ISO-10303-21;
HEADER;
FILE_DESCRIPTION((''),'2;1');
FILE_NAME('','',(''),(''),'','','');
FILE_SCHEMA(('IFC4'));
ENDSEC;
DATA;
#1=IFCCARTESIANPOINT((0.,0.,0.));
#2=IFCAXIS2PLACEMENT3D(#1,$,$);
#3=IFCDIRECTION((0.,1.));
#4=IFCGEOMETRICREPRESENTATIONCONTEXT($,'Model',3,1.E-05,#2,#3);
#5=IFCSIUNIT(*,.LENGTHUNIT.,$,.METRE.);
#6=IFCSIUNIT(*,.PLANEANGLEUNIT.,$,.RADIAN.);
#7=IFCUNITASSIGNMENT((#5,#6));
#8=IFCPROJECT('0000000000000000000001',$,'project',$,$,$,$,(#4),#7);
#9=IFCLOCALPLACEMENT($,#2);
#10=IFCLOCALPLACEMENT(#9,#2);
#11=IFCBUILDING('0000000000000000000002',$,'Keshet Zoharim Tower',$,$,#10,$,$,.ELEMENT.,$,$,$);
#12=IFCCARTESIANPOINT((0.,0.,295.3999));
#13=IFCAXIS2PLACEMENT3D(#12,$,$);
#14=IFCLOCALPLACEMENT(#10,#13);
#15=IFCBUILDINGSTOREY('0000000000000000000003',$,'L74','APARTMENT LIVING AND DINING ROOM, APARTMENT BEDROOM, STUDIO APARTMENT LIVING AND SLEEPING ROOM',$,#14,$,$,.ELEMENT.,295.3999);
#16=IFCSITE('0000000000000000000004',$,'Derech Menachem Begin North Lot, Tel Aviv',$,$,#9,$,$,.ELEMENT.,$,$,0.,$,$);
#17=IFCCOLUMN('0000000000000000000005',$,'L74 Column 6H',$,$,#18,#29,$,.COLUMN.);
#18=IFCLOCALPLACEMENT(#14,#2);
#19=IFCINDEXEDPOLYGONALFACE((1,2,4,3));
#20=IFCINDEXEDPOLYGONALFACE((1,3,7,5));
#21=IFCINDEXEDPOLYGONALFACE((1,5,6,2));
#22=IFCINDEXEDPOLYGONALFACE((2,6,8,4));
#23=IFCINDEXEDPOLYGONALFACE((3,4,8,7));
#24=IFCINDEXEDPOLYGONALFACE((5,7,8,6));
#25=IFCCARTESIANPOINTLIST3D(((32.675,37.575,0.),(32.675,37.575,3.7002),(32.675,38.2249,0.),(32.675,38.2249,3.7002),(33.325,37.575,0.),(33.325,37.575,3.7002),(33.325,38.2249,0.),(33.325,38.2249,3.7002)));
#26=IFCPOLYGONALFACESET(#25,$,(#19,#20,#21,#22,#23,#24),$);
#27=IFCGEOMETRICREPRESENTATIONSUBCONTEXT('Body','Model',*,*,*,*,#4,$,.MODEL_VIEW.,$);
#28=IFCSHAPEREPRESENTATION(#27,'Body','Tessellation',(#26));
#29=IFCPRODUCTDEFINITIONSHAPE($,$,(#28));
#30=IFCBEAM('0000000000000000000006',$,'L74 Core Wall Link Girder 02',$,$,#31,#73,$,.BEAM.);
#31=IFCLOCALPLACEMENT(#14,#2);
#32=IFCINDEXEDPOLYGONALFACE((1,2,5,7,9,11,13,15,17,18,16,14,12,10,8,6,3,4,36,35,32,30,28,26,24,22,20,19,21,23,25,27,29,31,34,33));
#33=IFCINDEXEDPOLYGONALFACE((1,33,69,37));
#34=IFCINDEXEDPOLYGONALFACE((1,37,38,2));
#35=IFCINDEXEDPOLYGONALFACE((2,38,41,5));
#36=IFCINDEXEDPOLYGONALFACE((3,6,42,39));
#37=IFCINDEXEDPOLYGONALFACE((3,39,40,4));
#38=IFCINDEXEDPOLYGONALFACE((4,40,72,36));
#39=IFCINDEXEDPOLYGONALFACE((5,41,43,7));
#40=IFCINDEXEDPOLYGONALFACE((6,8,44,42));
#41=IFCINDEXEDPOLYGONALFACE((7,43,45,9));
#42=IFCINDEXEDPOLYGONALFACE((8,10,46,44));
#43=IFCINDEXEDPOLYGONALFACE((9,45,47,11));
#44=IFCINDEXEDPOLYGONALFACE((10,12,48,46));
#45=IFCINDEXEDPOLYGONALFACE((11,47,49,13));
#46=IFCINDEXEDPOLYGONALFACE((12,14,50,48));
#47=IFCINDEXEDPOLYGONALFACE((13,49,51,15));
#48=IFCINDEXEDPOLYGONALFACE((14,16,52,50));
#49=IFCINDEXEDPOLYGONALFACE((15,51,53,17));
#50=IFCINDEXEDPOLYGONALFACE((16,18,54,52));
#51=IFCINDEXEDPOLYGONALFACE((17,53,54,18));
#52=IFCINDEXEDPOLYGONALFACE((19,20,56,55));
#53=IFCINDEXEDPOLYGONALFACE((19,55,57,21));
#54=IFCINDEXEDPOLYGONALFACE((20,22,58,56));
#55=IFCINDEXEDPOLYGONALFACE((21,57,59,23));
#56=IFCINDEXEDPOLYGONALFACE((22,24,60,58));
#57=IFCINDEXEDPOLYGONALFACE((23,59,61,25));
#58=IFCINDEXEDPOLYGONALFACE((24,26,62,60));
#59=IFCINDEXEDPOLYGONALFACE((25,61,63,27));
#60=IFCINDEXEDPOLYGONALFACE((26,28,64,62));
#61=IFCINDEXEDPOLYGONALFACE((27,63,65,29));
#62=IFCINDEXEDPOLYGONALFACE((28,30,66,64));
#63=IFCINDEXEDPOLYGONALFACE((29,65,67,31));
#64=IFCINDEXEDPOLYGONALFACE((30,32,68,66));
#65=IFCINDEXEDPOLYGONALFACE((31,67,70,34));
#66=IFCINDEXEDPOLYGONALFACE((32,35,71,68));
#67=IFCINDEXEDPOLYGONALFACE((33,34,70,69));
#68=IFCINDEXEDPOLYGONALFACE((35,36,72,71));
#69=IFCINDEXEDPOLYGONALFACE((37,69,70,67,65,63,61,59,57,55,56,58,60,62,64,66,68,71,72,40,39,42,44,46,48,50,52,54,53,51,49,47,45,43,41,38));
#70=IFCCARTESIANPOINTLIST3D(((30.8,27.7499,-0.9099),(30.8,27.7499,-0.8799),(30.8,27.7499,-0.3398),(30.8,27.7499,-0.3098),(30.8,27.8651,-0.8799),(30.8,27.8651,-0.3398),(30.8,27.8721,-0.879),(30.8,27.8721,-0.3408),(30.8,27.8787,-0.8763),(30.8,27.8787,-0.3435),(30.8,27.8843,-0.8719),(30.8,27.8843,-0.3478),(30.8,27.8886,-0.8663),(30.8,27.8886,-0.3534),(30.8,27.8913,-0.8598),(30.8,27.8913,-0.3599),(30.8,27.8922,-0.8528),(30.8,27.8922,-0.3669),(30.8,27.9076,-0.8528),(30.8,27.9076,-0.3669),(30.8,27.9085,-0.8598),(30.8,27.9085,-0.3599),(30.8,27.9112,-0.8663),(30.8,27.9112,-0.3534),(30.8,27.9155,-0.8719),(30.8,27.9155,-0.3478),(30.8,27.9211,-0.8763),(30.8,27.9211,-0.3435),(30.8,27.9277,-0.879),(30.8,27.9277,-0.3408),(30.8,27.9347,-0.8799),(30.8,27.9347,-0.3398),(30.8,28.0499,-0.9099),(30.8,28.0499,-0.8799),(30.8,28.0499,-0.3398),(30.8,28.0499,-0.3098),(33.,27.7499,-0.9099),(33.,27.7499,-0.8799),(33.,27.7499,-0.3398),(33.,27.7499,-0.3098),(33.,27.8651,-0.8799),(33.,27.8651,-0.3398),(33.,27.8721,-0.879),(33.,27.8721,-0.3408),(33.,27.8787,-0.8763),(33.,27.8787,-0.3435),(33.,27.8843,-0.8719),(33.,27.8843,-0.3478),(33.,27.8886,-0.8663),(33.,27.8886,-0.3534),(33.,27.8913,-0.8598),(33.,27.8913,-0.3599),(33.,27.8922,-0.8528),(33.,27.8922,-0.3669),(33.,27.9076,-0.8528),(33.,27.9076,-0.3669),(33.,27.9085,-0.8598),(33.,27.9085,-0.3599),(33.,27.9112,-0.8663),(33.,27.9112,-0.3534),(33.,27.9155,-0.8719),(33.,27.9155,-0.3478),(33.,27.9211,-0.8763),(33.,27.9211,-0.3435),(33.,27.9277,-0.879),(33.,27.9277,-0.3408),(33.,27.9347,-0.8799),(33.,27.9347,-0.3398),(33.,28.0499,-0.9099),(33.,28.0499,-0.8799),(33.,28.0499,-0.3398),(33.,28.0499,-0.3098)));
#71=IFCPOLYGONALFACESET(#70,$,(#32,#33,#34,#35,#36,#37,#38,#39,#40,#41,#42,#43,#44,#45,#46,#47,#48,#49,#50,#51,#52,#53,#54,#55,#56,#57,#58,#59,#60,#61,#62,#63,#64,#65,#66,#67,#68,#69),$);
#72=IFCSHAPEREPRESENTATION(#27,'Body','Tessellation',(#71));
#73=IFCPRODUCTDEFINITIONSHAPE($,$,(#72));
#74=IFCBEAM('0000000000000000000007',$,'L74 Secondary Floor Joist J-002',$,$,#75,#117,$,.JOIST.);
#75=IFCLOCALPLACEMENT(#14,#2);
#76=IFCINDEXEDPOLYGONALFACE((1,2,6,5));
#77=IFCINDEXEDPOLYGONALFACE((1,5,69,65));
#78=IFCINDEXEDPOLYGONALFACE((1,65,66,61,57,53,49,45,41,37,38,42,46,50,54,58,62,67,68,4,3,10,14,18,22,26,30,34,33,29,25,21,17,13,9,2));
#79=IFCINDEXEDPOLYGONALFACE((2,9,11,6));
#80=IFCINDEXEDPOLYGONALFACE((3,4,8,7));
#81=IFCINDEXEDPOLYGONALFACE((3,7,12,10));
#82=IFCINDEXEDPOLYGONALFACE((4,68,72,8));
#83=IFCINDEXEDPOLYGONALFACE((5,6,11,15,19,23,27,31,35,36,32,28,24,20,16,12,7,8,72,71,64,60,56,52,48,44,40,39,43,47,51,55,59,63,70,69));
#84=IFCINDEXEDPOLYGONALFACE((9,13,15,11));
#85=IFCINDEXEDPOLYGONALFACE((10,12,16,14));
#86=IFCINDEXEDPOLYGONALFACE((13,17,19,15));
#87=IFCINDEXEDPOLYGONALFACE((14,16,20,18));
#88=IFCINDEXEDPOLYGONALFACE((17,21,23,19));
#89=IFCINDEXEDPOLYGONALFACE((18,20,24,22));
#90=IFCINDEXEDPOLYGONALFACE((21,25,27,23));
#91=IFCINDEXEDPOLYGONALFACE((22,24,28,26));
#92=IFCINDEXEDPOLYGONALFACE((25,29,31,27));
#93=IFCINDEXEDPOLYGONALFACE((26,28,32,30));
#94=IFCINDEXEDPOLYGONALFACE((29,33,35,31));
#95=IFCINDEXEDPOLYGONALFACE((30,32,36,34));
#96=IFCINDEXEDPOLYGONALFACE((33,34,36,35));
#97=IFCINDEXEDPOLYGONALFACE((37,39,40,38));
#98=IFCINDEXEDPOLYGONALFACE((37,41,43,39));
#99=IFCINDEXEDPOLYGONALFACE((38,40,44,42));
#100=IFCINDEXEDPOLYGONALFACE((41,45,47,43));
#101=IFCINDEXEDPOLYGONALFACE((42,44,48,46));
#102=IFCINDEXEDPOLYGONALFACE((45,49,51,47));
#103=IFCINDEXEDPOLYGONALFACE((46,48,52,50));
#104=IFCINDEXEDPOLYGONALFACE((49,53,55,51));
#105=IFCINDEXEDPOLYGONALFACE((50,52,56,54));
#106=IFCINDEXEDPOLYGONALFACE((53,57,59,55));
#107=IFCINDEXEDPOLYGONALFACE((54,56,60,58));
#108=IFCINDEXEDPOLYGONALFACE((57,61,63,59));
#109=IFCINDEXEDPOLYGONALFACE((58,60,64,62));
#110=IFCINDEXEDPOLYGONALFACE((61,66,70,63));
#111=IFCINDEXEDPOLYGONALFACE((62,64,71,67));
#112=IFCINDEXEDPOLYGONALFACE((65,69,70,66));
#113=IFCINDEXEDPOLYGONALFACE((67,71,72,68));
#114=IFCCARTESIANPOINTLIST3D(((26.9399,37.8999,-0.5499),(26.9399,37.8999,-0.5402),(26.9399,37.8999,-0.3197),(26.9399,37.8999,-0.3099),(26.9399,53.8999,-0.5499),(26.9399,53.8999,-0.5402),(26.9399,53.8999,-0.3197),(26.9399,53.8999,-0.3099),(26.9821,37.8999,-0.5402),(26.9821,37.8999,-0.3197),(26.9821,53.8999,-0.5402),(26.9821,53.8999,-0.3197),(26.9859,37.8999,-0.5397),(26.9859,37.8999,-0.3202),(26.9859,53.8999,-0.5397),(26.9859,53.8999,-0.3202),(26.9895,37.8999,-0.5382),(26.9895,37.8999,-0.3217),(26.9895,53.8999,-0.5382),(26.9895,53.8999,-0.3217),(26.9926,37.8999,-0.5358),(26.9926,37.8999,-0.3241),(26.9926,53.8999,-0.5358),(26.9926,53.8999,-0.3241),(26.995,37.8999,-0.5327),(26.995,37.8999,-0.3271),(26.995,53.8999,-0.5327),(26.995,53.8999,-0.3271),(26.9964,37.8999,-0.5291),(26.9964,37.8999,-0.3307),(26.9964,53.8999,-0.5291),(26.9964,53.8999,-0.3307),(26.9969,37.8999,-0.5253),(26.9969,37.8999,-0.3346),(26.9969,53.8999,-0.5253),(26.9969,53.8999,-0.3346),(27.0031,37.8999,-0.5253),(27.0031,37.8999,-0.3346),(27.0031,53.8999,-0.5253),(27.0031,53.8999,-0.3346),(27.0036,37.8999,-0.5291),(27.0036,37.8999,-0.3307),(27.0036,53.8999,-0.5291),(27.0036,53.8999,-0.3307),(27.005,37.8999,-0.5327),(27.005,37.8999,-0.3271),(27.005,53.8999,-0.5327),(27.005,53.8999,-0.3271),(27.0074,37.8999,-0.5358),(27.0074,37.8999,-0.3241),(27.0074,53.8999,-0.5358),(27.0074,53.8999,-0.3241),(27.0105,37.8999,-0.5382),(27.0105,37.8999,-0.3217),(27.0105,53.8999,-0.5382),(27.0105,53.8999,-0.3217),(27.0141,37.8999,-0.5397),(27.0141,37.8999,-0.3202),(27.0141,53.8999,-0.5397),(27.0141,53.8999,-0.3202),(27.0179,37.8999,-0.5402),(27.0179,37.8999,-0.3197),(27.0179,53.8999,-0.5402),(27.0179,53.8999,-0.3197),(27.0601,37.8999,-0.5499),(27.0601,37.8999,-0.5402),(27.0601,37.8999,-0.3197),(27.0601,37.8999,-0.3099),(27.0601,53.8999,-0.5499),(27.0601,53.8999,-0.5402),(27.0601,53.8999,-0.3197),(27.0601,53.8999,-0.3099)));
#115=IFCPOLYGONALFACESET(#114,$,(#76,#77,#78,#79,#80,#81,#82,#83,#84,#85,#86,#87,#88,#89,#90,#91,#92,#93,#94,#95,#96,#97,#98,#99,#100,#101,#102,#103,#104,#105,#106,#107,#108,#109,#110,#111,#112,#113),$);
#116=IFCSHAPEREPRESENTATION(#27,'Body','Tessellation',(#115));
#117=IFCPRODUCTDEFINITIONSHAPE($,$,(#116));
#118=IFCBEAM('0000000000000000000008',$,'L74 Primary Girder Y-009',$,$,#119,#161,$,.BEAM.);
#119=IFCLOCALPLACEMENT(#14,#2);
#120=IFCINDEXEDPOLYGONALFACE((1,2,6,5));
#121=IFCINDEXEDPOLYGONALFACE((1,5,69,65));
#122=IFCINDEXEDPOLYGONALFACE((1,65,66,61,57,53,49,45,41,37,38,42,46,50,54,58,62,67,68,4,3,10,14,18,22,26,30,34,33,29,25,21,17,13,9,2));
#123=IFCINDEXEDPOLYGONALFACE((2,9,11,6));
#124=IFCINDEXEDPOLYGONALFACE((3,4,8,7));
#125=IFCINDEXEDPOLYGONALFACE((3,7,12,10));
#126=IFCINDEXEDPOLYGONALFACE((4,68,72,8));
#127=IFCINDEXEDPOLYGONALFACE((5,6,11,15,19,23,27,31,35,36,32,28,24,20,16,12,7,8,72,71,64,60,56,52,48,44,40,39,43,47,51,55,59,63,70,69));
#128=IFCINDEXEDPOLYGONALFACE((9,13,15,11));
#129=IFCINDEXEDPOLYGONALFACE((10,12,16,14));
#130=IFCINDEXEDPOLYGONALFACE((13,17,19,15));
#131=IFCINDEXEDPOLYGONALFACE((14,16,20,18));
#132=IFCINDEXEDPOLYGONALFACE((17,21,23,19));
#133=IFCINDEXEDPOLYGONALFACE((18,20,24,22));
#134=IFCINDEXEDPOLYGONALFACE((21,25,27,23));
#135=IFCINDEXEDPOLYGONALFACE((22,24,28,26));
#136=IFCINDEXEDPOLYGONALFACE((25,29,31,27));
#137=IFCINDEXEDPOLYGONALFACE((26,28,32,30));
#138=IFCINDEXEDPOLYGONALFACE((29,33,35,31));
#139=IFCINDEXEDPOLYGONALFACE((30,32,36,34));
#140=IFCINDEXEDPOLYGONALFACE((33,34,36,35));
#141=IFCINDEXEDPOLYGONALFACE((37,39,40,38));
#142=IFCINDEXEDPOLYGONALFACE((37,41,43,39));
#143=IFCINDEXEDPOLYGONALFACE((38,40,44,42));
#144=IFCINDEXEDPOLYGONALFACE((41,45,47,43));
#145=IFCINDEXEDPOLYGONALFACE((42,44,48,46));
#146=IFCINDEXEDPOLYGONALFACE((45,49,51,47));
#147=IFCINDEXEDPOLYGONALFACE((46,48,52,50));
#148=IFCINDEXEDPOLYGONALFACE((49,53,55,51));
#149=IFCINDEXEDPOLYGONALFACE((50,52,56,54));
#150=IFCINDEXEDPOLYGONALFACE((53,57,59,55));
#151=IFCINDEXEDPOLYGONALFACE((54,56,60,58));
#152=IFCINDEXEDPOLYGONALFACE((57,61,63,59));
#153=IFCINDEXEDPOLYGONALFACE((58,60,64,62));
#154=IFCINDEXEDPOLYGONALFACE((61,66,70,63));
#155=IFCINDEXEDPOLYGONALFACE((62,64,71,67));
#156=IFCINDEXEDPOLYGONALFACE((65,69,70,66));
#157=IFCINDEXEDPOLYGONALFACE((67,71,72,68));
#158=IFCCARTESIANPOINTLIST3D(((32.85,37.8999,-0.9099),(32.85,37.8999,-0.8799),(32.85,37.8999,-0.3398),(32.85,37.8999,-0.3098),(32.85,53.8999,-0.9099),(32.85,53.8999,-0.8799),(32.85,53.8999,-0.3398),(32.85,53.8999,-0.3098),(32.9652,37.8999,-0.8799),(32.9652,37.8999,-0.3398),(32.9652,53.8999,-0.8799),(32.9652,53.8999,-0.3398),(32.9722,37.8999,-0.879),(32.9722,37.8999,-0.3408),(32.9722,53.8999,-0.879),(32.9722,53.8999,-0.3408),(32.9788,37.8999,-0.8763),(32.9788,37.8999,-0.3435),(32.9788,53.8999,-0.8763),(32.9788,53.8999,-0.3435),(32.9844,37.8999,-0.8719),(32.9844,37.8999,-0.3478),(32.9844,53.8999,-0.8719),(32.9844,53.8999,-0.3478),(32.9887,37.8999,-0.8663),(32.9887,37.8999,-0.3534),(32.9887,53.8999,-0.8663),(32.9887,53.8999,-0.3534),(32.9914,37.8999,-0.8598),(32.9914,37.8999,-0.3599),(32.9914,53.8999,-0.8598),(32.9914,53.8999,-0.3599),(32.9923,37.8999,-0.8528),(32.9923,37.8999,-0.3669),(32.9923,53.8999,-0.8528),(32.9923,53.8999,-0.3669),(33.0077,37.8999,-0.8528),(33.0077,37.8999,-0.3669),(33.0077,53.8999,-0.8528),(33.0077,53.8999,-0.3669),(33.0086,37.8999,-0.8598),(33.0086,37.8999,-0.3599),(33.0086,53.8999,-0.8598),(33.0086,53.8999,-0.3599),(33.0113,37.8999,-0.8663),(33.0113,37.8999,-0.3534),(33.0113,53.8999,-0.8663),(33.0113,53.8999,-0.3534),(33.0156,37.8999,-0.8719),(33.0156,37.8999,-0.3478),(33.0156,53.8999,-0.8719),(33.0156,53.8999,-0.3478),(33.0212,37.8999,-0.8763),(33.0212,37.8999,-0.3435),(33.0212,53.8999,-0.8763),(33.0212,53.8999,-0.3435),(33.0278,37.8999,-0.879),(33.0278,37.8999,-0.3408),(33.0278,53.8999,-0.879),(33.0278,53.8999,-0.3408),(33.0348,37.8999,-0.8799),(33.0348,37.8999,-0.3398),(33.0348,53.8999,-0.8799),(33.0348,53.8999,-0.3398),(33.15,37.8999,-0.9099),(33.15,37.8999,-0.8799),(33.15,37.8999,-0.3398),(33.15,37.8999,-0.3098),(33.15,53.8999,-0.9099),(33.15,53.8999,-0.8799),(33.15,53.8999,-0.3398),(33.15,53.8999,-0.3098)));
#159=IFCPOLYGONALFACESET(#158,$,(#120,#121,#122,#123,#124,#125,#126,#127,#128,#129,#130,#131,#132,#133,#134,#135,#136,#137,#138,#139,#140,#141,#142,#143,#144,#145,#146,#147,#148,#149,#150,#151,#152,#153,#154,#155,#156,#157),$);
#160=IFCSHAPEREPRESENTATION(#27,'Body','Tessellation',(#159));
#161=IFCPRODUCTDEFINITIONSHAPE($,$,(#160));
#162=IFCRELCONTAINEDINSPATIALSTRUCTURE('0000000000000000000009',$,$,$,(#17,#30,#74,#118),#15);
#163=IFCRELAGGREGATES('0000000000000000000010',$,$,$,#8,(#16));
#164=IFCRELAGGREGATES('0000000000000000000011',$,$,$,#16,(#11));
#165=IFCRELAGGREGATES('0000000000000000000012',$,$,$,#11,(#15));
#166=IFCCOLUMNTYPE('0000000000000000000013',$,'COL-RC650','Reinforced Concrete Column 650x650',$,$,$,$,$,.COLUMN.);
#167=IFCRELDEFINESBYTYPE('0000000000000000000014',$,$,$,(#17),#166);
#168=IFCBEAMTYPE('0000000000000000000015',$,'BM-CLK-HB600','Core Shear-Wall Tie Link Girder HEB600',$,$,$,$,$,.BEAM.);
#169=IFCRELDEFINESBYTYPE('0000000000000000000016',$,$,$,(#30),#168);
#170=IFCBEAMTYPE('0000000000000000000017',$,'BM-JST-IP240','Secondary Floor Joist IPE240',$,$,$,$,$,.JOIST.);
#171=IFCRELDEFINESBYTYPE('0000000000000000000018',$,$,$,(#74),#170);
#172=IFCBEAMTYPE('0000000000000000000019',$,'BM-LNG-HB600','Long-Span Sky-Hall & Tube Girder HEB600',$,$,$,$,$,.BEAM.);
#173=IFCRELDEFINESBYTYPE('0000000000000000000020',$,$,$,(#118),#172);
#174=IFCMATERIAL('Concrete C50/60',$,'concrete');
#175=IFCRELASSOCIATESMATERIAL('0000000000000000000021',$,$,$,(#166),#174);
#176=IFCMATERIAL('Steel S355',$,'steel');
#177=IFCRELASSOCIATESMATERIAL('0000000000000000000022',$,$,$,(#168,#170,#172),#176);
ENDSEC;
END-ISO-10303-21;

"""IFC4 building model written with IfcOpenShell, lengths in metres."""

from ifc_helpers import new_model, si_unit, direction, frame, origin, origin_2d, place, context, subcontext, project, spatial, rectangle, i_section, extrude, material, material_profile, profile_set, type_object, element, save


model = new_model("IFC4")

# Units and contexts
model_context = context("Model", 3, precision=1e-05, world=origin(), true_north=direction((0.0, 1.0)))
body_context = subcontext(model_context, "Body", "Model", "MODEL_VIEW")
ifc_project = project(units=[si_unit("LENGTHUNIT", "METRE"), si_unit("PLANEANGLEUNIT", "RADIAN")], contexts=[model_context])

# Site, building, storey
site_placement = place(None, origin())
site = spatial("IfcSite", under=ifc_project, at=site_placement, Name="Derech Menachem Begin North Lot, Tel Aviv", CompositionType="ELEMENT", RefElevation=0.0)
building_placement = place(site_placement, origin())
building = spatial("IfcBuilding", under=site, at=building_placement, Name="Keshet Zoharim Tower", CompositionType="ELEMENT")
storey_placement = place(building_placement, frame((0.0, 0.0, 295.3999)))
storey = spatial("IfcBuildingStorey", under=building, at=storey_placement, Name="L74", Description="APARTMENT LIVING AND DINING ROOM, APARTMENT BEDROOM, STUDIO APARTMENT LIVING AND SLEEPING ROOM", CompositionType="ELEMENT", Elevation=295.3999)

# Column
ifc_material_1 = material(Name="Concrete C50/60", Category="concrete")
ifc_material_profile_1 = material_profile(ifc_material_1, rectangle(XDim=0.6499, YDim=0.6499, at=origin_2d()), Name="RC650x650")
ifc_profile_set_1 = profile_set([ifc_material_profile_1], Name="Concrete C50/60")
column_type = type_object("IfcColumnType", Name="COL-RC650", Description="Reinforced Concrete Column 650x650", PredefinedType="COLUMN", material=ifc_profile_set_1)
column_placement = place(storey_placement, frame((33.0, 37.8999, 0.0), z_axis=(0.0, 0.0, 1.0), x_axis=(1.0, 0.0, 0.0)))
element("IfcColumn", 1, at=column_placement, inside=storey, type_object=column_type, Name="L74 Column 6H", PredefinedType="COLUMN", context=body_context, shape_type="SweptSolid", body=[
    extrude(rectangle(XDim=0.6499, YDim=0.6499, at=origin_2d()), origin(), (0.0, 0.0, 1.0), 3.7002),
])

# Beams
ifc_material_2 = material(Name="Steel S355", Category="steel")
ifc_material_profile_2 = material_profile(ifc_material_2, i_section(OverallWidth=0.3, OverallDepth=0.6001, WebThickness=0.0154, FlangeThickness=0.03, FilletRadius=0.0271, at=origin_2d()), Name="HEB600")
ifc_profile_set_2 = profile_set([ifc_material_profile_2], Name="Steel S355")
beam_type_1 = type_object("IfcBeamType", Name="BM-CLK-HB600", Description="Core Shear-Wall Tie Link Girder HEB600", PredefinedType="BEAM", material=ifc_profile_set_2)
beam_1_placement = place(storey_placement, frame((30.8, 27.8999, -0.6099), z_axis=(1.0, 0.0, 0.0), x_axis=(0.0, 1.0, 0.0)))
element("IfcBeam", 2, at=beam_1_placement, inside=storey, type_object=beam_type_1, Name="L74 Core Wall Link Girder 02", PredefinedType="BEAM", context=body_context, shape_type="SweptSolid", body=[
    extrude(i_section(OverallWidth=0.3, OverallDepth=0.6001, WebThickness=0.0154, FlangeThickness=0.03, FilletRadius=0.0271, at=origin_2d()), origin(), (0.0, 0.0, 1.0), 2.2),
])
ifc_material_profile_3 = material_profile(ifc_material_2, i_section(OverallWidth=0.1201, OverallDepth=0.24, WebThickness=0.0061, FlangeThickness=0.0098, FilletRadius=0.0149, at=origin_2d()), Name="IPE240")
ifc_profile_set_3 = profile_set([ifc_material_profile_3], Name="Steel S355")
beam_type_2 = type_object("IfcBeamType", Name="BM-JST-IP240", Description="Secondary Floor Joist IPE240", PredefinedType="JOIST", material=ifc_profile_set_3)
beam_2_placement = place(storey_placement, frame((27.0, 37.8999, -0.4299), z_axis=(0.0, 1.0, 0.0), x_axis=(-1.0, 0.0, 0.0)))
element("IfcBeam", 3, at=beam_2_placement, inside=storey, type_object=beam_type_2, Name="L74 Secondary Floor Joist J-002", PredefinedType="JOIST", context=body_context, shape_type="SweptSolid", body=[
    extrude(i_section(OverallWidth=0.1201, OverallDepth=0.24, WebThickness=0.0061, FlangeThickness=0.0098, FilletRadius=0.0149, at=origin_2d()), origin(), (0.0, 0.0, 1.0), 16.0),
])
ifc_material_profile_4 = material_profile(ifc_material_2, i_section(OverallWidth=0.3, OverallDepth=0.6001, WebThickness=0.0154, FlangeThickness=0.03, FilletRadius=0.0271, at=origin_2d()), Name="HEB600")
ifc_profile_set_4 = profile_set([ifc_material_profile_4], Name="Steel S355")
beam_type_3 = type_object("IfcBeamType", Name="BM-LNG-HB600", Description="Long-Span Sky-Hall & Tube Girder HEB600", PredefinedType="BEAM", material=ifc_profile_set_4)
beam_3_placement = place(storey_placement, frame((33.0, 37.8999, -0.6099), z_axis=(0.0, 1.0, 0.0), x_axis=(-1.0, 0.0, 0.0)))
element("IfcBeam", 4, at=beam_3_placement, inside=storey, type_object=beam_type_3, Name="L74 Primary Girder Y-009", PredefinedType="BEAM", context=body_context, shape_type="SweptSolid", body=[
    extrude(i_section(OverallWidth=0.3, OverallDepth=0.6001, WebThickness=0.0154, FlangeThickness=0.03, FilletRadius=0.0271, at=origin_2d()), origin(), (0.0, 0.0, 1.0), 16.0),
])

save(model, "model.ifc")
